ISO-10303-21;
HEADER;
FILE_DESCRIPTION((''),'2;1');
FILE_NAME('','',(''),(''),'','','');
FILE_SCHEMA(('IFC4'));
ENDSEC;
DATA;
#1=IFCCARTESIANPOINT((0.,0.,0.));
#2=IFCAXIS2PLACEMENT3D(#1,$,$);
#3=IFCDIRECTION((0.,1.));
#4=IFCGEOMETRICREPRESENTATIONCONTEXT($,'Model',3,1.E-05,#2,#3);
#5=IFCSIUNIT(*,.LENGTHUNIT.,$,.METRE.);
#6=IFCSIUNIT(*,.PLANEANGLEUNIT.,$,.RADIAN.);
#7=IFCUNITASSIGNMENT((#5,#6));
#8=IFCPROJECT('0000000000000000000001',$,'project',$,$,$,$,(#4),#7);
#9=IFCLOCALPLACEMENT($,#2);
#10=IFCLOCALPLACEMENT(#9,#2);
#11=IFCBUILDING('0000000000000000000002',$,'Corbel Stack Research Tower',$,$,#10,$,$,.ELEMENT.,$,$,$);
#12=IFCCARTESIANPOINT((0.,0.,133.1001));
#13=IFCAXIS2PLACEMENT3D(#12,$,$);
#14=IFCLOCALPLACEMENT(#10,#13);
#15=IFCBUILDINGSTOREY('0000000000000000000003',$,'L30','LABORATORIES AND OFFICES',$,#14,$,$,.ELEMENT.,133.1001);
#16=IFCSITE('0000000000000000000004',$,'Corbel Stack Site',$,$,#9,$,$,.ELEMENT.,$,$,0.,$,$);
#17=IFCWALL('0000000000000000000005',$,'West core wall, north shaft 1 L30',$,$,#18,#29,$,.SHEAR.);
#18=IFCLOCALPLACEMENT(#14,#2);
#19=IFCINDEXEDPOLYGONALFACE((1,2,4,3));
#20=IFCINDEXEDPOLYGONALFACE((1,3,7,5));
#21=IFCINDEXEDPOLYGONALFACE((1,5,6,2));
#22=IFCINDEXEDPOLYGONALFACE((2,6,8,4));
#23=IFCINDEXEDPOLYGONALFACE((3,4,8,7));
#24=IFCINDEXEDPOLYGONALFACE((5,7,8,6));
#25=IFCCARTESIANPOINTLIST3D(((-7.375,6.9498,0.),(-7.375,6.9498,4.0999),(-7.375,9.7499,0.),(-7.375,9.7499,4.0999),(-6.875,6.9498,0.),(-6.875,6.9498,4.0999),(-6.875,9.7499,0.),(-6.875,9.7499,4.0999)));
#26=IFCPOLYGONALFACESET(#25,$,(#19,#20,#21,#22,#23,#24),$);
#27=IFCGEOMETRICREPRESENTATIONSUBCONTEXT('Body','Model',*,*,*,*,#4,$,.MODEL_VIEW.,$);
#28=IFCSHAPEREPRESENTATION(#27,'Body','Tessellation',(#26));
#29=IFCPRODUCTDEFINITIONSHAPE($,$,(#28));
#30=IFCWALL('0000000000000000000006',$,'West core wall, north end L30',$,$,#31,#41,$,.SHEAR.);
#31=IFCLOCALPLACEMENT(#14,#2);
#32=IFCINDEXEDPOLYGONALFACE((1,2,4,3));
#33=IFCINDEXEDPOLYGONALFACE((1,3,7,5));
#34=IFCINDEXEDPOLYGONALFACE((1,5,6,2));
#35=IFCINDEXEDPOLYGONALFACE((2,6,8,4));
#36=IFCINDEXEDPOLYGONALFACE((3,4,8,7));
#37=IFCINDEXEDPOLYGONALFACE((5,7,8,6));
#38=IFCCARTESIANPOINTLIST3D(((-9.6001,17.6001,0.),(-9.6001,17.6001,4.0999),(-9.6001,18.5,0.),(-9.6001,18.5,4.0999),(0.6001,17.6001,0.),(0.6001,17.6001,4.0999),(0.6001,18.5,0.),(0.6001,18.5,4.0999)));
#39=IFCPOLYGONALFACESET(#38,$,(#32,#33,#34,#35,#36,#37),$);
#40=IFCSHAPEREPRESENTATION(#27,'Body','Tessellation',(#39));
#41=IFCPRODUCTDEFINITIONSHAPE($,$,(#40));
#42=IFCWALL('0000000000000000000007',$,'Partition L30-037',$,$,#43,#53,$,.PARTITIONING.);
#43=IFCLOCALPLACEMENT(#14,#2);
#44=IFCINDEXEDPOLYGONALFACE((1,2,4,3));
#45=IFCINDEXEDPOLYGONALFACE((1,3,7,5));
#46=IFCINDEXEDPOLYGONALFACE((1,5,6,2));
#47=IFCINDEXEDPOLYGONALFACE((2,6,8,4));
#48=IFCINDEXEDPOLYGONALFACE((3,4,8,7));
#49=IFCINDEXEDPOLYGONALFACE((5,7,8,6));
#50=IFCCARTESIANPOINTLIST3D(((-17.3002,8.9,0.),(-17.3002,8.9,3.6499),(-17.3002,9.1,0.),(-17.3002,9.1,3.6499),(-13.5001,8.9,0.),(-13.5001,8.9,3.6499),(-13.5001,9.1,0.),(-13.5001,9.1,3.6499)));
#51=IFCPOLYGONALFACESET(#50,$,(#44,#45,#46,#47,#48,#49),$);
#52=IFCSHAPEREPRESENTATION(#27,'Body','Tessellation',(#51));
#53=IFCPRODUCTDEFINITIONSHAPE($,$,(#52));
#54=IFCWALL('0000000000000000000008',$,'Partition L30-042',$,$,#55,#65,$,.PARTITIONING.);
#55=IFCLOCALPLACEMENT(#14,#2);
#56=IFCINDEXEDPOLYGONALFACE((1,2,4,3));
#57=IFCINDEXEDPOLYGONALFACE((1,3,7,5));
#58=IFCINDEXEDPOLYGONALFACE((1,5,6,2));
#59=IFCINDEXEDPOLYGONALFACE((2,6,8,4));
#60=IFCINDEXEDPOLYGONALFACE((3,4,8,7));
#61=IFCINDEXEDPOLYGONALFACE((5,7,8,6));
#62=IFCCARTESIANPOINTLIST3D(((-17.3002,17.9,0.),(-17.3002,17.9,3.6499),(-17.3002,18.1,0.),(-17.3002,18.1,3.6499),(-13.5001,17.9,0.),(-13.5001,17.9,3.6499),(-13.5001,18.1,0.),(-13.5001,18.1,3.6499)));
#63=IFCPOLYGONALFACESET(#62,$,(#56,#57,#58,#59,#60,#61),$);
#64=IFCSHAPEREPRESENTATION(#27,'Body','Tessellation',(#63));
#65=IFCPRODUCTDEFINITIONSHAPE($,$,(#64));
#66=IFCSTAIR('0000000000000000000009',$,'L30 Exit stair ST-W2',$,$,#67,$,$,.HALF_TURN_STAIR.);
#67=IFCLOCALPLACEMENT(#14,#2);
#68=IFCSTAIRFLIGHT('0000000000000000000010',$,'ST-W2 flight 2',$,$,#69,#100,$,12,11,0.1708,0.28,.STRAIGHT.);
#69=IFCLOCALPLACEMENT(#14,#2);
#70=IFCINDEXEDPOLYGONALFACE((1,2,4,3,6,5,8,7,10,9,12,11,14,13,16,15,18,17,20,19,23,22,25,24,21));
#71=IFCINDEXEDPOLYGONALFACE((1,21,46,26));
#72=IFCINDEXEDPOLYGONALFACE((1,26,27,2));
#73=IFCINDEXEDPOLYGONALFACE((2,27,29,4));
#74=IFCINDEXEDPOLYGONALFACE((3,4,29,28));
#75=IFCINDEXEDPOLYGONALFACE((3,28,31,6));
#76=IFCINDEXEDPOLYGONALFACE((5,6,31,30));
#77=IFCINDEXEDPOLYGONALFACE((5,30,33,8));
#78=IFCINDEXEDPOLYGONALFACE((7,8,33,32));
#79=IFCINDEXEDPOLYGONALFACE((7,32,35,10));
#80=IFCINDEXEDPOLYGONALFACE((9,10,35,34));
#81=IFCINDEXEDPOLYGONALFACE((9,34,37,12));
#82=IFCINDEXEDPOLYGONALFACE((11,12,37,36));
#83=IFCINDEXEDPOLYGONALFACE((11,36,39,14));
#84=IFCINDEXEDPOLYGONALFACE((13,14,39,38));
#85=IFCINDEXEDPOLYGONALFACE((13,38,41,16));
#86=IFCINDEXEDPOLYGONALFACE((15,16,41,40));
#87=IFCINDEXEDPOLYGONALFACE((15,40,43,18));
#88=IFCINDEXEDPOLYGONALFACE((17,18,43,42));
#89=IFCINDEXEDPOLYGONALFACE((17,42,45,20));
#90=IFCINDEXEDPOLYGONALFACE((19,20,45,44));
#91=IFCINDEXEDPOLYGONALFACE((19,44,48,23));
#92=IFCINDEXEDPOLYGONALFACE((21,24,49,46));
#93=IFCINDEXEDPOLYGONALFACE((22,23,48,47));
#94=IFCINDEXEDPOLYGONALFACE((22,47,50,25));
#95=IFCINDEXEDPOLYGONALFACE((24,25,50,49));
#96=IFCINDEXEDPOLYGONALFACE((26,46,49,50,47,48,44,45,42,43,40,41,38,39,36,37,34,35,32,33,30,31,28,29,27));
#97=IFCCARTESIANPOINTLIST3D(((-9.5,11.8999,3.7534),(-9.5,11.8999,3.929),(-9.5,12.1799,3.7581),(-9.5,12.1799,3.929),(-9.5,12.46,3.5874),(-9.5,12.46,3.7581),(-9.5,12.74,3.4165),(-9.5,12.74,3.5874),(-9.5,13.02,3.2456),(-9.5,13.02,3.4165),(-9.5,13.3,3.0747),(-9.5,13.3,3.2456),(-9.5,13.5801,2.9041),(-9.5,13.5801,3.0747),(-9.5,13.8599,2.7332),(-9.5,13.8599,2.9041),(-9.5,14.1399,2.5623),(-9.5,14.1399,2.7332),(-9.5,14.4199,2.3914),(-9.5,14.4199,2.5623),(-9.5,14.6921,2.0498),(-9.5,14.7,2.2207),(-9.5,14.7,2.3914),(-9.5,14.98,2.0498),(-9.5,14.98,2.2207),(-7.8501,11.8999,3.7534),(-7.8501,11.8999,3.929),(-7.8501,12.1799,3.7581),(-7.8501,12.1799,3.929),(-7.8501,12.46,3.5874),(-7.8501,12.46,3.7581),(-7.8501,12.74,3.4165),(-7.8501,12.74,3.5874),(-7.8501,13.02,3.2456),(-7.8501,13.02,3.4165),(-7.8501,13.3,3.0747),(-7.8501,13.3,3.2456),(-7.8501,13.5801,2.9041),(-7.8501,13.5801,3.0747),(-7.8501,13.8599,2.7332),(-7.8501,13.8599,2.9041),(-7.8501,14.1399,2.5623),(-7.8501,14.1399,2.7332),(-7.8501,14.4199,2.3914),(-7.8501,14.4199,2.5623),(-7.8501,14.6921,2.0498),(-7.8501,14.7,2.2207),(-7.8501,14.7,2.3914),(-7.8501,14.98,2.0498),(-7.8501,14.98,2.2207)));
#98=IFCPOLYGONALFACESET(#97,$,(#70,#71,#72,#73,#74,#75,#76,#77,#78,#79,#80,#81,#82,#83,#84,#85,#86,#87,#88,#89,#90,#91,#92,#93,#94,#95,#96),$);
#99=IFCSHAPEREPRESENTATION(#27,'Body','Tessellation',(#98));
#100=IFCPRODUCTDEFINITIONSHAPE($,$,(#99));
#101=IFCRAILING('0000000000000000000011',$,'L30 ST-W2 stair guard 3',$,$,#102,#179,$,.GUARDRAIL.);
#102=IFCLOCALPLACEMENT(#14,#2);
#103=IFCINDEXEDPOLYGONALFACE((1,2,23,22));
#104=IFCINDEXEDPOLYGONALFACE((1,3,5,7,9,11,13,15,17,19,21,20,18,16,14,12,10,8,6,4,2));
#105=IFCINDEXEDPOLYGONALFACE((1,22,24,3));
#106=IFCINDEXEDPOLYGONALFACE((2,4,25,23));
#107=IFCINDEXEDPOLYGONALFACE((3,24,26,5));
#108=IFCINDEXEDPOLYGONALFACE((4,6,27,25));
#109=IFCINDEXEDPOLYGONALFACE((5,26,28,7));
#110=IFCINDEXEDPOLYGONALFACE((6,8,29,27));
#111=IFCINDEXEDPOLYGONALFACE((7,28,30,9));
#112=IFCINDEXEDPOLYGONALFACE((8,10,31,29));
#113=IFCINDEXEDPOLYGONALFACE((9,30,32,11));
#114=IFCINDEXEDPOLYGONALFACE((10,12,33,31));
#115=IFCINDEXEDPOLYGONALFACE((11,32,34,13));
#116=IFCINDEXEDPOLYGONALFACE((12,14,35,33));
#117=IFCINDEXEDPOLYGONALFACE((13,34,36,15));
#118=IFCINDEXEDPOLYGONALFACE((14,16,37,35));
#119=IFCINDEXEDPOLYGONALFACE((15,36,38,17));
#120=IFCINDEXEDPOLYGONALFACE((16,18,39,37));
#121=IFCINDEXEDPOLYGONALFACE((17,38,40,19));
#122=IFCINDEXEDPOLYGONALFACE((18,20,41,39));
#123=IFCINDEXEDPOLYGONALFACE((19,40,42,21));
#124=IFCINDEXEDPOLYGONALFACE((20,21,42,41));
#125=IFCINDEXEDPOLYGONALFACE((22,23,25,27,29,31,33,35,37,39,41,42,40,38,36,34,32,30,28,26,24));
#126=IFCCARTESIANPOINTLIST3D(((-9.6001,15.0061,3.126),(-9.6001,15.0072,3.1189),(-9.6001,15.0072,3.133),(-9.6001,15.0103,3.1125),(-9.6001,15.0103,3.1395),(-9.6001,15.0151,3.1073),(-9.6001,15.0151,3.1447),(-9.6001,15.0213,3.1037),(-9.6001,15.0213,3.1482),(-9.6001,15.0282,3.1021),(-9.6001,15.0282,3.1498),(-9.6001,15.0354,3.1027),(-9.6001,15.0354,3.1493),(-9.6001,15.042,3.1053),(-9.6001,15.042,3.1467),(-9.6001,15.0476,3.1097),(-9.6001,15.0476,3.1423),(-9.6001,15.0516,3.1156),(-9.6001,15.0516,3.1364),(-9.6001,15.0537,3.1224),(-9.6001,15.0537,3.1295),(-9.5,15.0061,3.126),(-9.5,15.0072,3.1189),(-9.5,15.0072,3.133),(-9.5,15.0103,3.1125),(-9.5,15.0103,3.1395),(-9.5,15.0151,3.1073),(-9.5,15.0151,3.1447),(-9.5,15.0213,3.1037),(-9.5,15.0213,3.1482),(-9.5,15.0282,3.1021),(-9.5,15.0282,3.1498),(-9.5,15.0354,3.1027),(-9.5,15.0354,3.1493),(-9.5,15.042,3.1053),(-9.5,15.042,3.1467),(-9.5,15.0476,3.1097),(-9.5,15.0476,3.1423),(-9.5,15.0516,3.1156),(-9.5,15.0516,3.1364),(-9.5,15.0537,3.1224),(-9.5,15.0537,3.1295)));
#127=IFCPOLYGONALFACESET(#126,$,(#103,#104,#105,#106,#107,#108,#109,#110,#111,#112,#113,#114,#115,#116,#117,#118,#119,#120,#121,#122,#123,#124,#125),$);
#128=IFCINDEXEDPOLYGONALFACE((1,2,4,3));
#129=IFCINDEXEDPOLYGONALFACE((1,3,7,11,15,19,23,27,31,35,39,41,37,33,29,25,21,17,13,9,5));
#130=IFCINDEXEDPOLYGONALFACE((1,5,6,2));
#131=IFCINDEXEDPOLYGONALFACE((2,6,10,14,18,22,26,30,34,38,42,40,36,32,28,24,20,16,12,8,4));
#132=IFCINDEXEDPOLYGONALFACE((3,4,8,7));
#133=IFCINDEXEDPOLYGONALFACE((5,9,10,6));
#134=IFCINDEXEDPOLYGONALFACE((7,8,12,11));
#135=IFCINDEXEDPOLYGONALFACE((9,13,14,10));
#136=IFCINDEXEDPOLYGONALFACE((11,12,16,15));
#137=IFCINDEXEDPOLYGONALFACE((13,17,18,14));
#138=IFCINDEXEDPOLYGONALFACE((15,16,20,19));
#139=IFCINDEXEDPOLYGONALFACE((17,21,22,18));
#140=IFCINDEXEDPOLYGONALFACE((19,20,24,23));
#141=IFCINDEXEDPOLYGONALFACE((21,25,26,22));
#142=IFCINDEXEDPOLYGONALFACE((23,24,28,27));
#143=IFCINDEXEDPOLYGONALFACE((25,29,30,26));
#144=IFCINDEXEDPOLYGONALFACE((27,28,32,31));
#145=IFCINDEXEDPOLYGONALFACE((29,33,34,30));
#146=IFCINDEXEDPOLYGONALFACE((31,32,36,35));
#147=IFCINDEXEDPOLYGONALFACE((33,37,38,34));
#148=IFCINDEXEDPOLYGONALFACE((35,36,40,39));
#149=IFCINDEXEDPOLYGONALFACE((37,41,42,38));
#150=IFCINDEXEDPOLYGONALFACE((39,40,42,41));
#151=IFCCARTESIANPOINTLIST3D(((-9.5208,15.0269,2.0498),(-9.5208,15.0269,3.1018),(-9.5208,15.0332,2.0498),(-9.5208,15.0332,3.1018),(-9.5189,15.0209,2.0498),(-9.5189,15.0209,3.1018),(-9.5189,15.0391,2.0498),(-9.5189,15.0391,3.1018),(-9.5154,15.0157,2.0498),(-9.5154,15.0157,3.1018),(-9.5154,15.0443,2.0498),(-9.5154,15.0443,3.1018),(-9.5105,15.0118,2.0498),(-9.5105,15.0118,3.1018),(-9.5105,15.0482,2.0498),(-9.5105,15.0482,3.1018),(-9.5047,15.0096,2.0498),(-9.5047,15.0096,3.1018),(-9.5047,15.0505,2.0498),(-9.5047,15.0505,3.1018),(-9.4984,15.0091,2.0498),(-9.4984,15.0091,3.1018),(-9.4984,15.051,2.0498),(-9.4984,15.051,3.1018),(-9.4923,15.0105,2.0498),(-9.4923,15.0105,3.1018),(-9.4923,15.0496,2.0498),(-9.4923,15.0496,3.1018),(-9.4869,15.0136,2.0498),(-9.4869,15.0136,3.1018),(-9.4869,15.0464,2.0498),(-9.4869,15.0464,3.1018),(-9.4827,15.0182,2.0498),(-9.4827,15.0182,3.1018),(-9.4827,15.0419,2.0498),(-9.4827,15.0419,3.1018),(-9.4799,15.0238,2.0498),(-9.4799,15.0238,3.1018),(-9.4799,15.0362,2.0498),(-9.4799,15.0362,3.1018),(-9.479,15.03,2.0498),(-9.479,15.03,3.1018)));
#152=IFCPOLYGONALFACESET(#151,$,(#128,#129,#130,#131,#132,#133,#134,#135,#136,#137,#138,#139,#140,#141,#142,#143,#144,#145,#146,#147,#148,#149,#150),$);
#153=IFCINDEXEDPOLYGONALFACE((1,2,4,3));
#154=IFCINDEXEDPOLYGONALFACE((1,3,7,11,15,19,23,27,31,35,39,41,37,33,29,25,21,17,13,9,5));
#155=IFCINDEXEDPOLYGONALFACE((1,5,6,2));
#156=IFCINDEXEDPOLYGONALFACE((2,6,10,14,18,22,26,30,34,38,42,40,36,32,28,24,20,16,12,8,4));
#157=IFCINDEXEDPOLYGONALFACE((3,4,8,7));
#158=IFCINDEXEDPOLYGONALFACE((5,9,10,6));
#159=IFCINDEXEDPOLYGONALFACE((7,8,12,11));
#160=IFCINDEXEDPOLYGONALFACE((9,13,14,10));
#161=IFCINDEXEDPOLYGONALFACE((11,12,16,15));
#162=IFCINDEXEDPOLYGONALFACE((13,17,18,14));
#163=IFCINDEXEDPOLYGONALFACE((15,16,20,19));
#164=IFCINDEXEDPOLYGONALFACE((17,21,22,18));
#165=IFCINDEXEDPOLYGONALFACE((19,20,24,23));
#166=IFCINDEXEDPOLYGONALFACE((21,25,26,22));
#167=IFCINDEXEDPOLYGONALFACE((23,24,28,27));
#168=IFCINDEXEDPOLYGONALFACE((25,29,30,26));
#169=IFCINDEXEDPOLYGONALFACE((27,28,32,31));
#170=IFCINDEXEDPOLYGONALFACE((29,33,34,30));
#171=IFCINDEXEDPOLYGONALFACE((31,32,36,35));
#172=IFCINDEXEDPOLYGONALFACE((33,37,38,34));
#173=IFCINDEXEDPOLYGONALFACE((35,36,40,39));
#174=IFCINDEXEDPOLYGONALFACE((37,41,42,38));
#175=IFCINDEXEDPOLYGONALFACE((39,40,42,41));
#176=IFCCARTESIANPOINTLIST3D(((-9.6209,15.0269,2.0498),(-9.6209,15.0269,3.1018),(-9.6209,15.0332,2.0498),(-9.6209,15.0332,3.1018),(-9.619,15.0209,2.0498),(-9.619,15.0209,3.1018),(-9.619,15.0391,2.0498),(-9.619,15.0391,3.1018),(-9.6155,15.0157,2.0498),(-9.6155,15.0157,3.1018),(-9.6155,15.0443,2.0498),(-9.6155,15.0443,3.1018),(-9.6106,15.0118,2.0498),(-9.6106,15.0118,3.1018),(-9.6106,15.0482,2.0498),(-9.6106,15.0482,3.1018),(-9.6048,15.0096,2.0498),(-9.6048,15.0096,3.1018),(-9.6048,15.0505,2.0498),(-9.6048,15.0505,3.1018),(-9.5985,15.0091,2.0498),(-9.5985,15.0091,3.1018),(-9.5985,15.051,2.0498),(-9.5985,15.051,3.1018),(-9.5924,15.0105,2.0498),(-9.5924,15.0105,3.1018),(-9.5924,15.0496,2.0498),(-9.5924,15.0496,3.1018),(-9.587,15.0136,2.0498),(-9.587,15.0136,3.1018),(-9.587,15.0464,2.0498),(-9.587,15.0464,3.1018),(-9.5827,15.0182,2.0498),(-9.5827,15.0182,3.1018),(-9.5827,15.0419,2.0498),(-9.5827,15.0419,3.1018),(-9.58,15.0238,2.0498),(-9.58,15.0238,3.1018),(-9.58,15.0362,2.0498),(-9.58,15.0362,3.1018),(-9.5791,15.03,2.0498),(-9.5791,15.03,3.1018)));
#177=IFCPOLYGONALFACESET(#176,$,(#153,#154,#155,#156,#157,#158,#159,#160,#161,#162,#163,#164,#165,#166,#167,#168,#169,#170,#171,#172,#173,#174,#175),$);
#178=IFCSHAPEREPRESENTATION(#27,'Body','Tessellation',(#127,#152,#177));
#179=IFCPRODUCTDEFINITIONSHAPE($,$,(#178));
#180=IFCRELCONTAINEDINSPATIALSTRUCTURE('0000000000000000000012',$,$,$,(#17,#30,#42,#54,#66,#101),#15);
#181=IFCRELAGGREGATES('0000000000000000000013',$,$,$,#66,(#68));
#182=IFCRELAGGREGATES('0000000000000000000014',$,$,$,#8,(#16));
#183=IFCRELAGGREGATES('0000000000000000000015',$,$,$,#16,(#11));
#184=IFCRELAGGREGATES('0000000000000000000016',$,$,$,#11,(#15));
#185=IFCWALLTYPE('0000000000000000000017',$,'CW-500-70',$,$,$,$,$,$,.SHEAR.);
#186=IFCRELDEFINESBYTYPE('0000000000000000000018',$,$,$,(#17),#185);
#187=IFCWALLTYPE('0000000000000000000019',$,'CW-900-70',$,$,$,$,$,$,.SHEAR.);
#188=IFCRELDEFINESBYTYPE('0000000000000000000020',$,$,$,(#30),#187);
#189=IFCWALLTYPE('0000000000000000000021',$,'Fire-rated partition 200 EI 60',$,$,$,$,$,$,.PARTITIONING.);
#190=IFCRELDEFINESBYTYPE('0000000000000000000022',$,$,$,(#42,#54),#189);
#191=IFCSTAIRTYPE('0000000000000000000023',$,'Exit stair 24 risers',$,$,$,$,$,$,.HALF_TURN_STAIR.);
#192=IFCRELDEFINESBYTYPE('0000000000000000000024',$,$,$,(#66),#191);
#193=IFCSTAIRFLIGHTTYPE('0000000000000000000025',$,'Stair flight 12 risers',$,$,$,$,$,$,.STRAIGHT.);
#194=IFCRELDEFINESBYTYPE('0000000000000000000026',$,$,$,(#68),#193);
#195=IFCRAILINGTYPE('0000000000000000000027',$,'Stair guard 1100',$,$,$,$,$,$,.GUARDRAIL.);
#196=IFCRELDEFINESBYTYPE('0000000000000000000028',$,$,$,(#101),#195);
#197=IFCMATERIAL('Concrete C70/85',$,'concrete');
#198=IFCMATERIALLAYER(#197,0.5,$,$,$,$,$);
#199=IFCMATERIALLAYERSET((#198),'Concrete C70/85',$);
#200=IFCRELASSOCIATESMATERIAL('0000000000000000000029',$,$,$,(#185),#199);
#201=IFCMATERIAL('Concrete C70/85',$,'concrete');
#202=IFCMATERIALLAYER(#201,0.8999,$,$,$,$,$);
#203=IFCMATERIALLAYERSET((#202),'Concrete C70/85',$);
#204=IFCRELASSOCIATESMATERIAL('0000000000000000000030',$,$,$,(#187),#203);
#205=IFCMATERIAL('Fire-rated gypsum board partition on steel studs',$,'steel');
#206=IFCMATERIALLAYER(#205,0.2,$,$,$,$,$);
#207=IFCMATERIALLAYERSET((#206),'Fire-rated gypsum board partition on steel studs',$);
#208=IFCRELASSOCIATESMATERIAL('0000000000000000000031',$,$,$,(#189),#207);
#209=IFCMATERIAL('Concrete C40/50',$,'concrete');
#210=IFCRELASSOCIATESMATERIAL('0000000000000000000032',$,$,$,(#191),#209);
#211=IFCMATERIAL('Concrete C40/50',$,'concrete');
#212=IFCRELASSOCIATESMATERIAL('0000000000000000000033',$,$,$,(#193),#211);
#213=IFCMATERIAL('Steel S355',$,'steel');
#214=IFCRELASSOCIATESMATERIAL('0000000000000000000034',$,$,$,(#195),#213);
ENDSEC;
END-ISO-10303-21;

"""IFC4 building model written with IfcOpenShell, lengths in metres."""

from ifc_helpers import new_model, si_unit, direction, frame, frame_2d, origin, origin_2d, place, context, subcontext, project, spatial, polyline, rectangle, circle, outline, extrude, material, layer, layer_set, type_object, element, aggregate, save


model = new_model("IFC4")

# Units and contexts
model_context = context("Model", 3, precision=1e-05, world=origin(), true_north=direction((0.0, 1.0)))
body_context = subcontext(model_context, "Body", "Model", "MODEL_VIEW")
ifc_project = project(units=[si_unit("LENGTHUNIT", "METRE"), si_unit("PLANEANGLEUNIT", "RADIAN")], contexts=[model_context])

# Site, building, storey
site_placement = place(None, origin())
site = spatial("IfcSite", under=ifc_project, at=site_placement, Name="Corbel Stack Site", CompositionType="ELEMENT", RefElevation=0.0)
building_placement = place(site_placement, origin())
building = spatial("IfcBuilding", under=site, at=building_placement, Name="Corbel Stack Research Tower", CompositionType="ELEMENT")
storey_placement = place(building_placement, frame((0.0, 0.0, 133.1001)))
storey = spatial("IfcBuildingStorey", under=building, at=storey_placement, Name="L30", Description="LABORATORIES AND OFFICES", CompositionType="ELEMENT", Elevation=133.1001)

# Shared definitions
ifc_material_1 = material(Name="Concrete C70/85", Category="concrete")
ifc_layer_1 = layer(ifc_material_1, 0.5)
ifc_layer_set_1 = layer_set([ifc_layer_1], Name="Concrete C70/85")
wall_type_1 = type_object("IfcWallType", Name="CW-500-70", PredefinedType="SHEAR", material=ifc_layer_set_1)

# Walls
wall_1_placement = place(storey_placement, frame((-7.125, 6.95, 0.0), z_axis=(0.0, 0.0, 1.0), x_axis=(0.0, 1.0, 0.0)))
element("IfcWall", 1, at=wall_1_placement, inside=storey, type_object=wall_type_1, Name="West core wall, north shaft 1 L30", PredefinedType="SHEAR", context=body_context, shape_type="SweptSolid", body=[
    extrude(rectangle(XDim=2.8, YDim=0.5, at=frame_2d((1.3999, 0.0))), origin(), (0.0, 0.0, 1.0), 4.0999),
])
ifc_material_2 = material(Name="Concrete C70/85", Category="concrete")
ifc_layer_2 = layer(ifc_material_2, 0.8999)
ifc_layer_set_2 = layer_set([ifc_layer_2], Name="Concrete C70/85")
wall_type_2 = type_object("IfcWallType", Name="CW-900-70", PredefinedType="SHEAR", material=ifc_layer_set_2)
wall_2_placement = place(storey_placement, frame((-9.6001, 18.05, 0.0), z_axis=(0.0, 0.0, 1.0), x_axis=(1.0, 0.0, 0.0)))
element("IfcWall", 2, at=wall_2_placement, inside=storey, type_object=wall_type_2, Name="West core wall, north end L30", PredefinedType="SHEAR", context=body_context, shape_type="SweptSolid", body=[
    extrude(rectangle(XDim=10.2002, YDim=0.8999, at=frame_2d((5.1001, 0.0))), origin(), (0.0, 0.0, 1.0), 4.0999),
])
ifc_material_3 = material(Name="Fire-rated gypsum board partition on steel studs", Category="steel")
ifc_layer_3 = layer(ifc_material_3, 0.2)
ifc_layer_set_3 = layer_set([ifc_layer_3], Name="Fire-rated gypsum board partition on steel studs")
wall_type_3 = type_object("IfcWallType", Name="Fire-rated partition 200 EI 60", PredefinedType="PARTITIONING", material=ifc_layer_set_3)
for number, where, z_axis, x_axis, name in (
    (3, (-17.3, 9.0, 0.0), (0.0, 0.0, 1.0), (1.0, 0.0, 0.0), "Partition L30-037"),
    (4, (-17.3, 18.0, 0.0), (0.0, 0.0, 1.0), (1.0, 0.0, 0.0), "Partition L30-042"),
):
    element("IfcWall", number, at=place(storey_placement, frame(where, z_axis=z_axis, x_axis=x_axis)), inside=storey, type_object=wall_type_3, Name=name, PredefinedType="PARTITIONING", context=body_context, shape_type="SweptSolid", body=[
        extrude(rectangle(XDim=3.8, YDim=0.2, at=frame_2d((1.8999, 0.0))), origin(), (0.0, 0.0, 1.0), 3.6499),
    ])

# Stair, stair flight
ifc_material_4 = material(Name="Concrete C40/50", Category="concrete")
stair_type = type_object("IfcStairType", Name="Exit stair 24 risers", PredefinedType="HALF_TURN_STAIR", material=ifc_material_4)
stair_placement = place(storey_placement, origin())
stair = element("IfcStair", 5, at=stair_placement, inside=storey, type_object=stair_type, Name="L30 Exit stair ST-W2", PredefinedType="HALF_TURN_STAIR")
ifc_material_5 = material(Name="Concrete C40/50", Category="concrete")
stair_flight_type = type_object("IfcStairFlightType", Name="Stair flight 12 risers", PredefinedType="STRAIGHT", material=ifc_material_5)
stair_flight_placement = place(storey_placement, frame((-8.675, 14.98, 2.0498), z_axis=(0.0, 0.0, 1.0), x_axis=(0.0, -1.0, 0.0)))
stair_flight = element("IfcStairFlight", 6, at=stair_flight_placement, type_object=stair_flight_type, Name="ST-W2 flight 2", NumberOfRisers=12, NumberOfTreads=11, PredefinedType="STRAIGHT", RiserHeight=0.1708, TreadLength=0.28, context=body_context, shape_type="SweptSolid", body=[
    extrude(outline(polyline([(0.0, 0.0), (0.0, 0.1709), (0.28, 0.1709), (0.28, 0.3416), (0.5601, 0.3416), (0.5601, 0.5125), (0.8401, 0.5125), (0.8401, 0.6833), (1.1201, 0.6833), (1.1201, 0.8542), (1.3999, 0.8542), (1.3999, 1.0249), (1.6799, 1.0249), (1.6799, 1.1958), (1.96, 1.1958), (1.96, 1.3667), (2.24, 1.3667), (2.24, 1.5376), (2.52, 1.5376), (2.52, 1.7083), (2.8, 1.7083), (2.8, 1.8792), (3.0801, 1.8792), (3.0801, 2.05), (3.0801, 1.7036), (0.2878, 0.0), (0.0, 0.0)])), frame((0.0, 0.825, 0.0), z_axis=(0.0, -1.0, 0.0), x_axis=(1.0, 0.0, 0.0)), (0.0, 0.0, 1.0), 1.6499),
])
aggregate(stair, [stair_flight])

# Railing
ifc_material_6 = material(Name="Steel S355", Category="steel")
railing_type_1 = type_object("IfcRailingType", Name="Stair guard 1100", PredefinedType="GUARDRAIL", material=ifc_material_6)
railing_1_placement = place(storey_placement, frame((-9.5, 15.03, 2.0498)))
element("IfcRailing", 7, at=railing_1_placement, inside=storey, type_object=railing_type_1, Name="L30 ST-W2 stair guard 3", PredefinedType="GUARDRAIL", context=body_context, shape_type="SweptSolid", body=[
    extrude(circle(Radius=0.0239, at=origin_2d()), frame((0.0, 0.0, 1.0762), z_axis=(-1.0, 0.0, 0.0), x_axis=(0.0, -1.0, 0.0)), (0.0, 0.0, 1.0), 0.1001),
    extrude(circle(Radius=0.021, at=origin_2d()), origin(), (0.0, 0.0, 1.0), 1.052),
    extrude(circle(Radius=0.021, at=origin_2d()), frame((-0.1001, 0.0, 0.0)), (0.0, 0.0, 1.0), 1.052),
])

save(model, "model.ifc")
